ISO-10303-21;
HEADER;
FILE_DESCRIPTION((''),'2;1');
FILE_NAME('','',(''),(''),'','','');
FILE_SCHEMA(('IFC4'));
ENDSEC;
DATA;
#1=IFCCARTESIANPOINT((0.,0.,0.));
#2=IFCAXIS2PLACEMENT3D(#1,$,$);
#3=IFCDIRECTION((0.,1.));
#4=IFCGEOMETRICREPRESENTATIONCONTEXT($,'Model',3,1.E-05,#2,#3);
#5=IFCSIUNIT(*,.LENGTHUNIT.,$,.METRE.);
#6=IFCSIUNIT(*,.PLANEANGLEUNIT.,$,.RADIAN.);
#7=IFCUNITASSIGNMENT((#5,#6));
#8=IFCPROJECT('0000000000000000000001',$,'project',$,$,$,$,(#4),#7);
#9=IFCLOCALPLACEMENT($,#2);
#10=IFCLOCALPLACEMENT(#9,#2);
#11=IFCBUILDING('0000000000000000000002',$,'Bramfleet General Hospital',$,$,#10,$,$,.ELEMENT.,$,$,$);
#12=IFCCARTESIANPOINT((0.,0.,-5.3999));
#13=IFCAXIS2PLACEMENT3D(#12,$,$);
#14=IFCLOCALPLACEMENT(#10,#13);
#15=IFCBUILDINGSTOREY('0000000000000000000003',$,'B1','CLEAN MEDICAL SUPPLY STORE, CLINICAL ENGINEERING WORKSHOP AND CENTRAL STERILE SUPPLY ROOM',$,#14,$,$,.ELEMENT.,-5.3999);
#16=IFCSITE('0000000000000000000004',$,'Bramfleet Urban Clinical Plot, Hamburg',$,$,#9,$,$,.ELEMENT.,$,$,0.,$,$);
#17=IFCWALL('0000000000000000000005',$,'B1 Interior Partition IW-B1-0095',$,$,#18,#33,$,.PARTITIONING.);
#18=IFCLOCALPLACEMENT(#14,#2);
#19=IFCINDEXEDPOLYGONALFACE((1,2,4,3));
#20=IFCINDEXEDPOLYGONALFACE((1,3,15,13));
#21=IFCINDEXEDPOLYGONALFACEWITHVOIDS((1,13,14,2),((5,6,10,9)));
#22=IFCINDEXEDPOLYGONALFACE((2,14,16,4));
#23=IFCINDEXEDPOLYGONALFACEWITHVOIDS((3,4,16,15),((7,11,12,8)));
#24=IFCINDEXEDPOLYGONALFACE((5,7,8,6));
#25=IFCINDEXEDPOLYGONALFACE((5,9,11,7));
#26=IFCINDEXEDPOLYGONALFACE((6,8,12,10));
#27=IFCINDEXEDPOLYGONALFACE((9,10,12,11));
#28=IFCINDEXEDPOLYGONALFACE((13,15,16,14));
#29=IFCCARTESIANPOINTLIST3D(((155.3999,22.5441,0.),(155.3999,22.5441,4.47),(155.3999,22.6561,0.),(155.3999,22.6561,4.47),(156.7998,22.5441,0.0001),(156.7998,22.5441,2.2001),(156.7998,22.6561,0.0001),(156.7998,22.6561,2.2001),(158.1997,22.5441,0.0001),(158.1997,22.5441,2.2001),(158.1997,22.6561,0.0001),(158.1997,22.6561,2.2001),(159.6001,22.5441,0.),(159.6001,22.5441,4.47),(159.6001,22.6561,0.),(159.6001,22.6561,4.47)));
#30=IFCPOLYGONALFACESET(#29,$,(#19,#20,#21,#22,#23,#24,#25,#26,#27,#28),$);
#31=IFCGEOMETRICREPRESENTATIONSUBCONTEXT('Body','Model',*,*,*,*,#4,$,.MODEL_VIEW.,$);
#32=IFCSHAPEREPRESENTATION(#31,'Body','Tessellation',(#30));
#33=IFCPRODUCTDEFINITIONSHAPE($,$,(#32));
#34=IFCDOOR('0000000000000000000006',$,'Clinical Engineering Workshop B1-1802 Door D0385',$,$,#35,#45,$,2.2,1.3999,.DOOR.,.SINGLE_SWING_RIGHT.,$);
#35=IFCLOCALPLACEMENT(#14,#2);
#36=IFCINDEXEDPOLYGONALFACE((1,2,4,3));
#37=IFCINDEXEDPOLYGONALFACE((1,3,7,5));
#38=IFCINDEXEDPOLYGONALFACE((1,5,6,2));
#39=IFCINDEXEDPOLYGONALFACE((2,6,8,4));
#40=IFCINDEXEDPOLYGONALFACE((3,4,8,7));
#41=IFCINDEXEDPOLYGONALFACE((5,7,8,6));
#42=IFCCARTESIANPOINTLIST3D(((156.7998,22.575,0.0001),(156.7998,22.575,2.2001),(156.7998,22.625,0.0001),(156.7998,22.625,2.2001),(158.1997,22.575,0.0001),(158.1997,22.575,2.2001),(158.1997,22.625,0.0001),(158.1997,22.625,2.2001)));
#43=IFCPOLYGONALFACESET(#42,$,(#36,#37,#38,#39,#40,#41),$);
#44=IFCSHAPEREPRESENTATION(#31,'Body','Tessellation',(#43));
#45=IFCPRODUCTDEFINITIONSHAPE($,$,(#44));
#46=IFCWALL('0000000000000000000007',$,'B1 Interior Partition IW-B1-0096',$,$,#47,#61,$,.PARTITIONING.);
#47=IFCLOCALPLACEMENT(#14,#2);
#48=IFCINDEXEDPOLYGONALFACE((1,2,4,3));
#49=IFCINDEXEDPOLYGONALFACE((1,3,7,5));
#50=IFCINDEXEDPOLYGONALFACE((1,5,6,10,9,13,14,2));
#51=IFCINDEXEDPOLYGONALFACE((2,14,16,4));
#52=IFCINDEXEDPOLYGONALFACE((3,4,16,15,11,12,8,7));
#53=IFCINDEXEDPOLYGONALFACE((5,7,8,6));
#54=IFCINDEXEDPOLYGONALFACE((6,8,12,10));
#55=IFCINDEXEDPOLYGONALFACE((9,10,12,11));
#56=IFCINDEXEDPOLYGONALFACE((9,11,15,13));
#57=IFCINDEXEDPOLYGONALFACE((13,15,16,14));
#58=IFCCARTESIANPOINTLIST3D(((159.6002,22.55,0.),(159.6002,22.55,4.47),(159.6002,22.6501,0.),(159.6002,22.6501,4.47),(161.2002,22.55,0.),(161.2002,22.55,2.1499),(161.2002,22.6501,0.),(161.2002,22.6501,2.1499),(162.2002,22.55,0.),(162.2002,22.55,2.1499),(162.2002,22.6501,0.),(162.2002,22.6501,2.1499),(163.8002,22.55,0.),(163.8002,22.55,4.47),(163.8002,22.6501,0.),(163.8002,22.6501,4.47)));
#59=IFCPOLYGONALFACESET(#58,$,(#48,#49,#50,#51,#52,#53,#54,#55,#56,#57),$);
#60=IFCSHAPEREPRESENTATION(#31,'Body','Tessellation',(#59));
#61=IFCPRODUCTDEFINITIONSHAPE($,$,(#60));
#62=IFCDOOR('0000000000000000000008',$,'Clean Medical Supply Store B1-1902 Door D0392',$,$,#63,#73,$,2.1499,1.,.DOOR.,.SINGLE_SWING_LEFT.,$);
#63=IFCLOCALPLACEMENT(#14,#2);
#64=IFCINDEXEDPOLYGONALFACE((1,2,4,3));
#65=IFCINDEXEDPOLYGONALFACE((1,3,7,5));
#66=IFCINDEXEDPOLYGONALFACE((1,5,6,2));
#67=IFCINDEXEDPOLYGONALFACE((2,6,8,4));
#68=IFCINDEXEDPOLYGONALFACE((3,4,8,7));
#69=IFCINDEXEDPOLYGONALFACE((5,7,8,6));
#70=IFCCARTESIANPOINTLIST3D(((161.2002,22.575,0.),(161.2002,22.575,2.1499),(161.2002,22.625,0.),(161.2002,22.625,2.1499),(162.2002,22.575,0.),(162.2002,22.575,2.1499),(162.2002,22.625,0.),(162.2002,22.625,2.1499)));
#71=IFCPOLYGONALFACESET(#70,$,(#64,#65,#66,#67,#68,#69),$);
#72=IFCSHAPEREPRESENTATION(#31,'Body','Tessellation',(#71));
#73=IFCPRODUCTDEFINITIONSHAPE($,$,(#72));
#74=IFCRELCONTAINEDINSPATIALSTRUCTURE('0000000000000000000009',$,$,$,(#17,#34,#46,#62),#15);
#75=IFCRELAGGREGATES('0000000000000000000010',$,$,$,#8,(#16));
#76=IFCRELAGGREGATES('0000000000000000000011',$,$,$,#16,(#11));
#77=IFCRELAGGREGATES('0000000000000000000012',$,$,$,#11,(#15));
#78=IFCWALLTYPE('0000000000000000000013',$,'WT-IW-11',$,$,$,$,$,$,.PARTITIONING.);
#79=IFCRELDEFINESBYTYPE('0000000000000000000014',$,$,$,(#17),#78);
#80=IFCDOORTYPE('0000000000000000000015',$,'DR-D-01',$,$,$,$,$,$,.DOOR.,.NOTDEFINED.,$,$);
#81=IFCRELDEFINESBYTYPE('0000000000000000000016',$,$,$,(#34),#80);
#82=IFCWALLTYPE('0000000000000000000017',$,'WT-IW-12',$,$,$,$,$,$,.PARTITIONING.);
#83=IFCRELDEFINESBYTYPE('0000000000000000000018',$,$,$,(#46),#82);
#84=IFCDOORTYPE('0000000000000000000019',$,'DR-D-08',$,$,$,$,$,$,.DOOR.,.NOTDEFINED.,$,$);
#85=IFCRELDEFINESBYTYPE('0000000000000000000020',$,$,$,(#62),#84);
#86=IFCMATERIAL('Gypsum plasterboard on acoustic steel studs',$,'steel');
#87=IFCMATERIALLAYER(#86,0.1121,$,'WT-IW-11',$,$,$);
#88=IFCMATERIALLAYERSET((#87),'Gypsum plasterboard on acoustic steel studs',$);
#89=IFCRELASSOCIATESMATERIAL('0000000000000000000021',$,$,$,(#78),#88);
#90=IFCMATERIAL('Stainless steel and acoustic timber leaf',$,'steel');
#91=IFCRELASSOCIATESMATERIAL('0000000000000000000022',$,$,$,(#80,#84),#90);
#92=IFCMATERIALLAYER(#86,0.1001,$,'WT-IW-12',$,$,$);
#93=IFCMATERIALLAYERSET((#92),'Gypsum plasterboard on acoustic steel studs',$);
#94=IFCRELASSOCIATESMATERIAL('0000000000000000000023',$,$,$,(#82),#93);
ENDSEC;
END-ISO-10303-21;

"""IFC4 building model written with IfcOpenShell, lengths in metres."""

from ifc_helpers import new_model, si_unit, direction, frame, frame_2d, origin, place, context, subcontext, project, spatial, rectangle, extrude, material, layer, layer_set, type_object, element, fill, save


model = new_model("IFC4")

# Units and contexts
model_context = context("Model", 3, precision=1e-05, world=origin(), true_north=direction((0.0, 1.0)))
body_context = subcontext(model_context, "Body", "Model", "MODEL_VIEW")
ifc_project = project(units=[si_unit("LENGTHUNIT", "METRE"), si_unit("PLANEANGLEUNIT", "RADIAN")], contexts=[model_context])

# Site, building, storey
site_placement = place(None, origin())
site = spatial("IfcSite", under=ifc_project, at=site_placement, Name="Bramfleet Urban Clinical Plot, Hamburg", CompositionType="ELEMENT", RefElevation=0.0)
building_placement = place(site_placement, origin())
building = spatial("IfcBuilding", under=site, at=building_placement, Name="Bramfleet General Hospital", CompositionType="ELEMENT")
storey_placement = place(building_placement, frame((0.0, 0.0, -5.3999)))
storey = spatial("IfcBuildingStorey", under=building, at=storey_placement, Name="B1", Description="CLEAN MEDICAL SUPPLY STORE, CLINICAL ENGINEERING WORKSHOP AND CENTRAL STERILE SUPPLY ROOM", CompositionType="ELEMENT", Elevation=-5.3999)

# Shared definitions
ifc_material_1 = material(Name="Gypsum plasterboard on acoustic steel studs", Category="steel")

# Shared definitions
ifc_material_2 = material(Name="Stainless steel and acoustic timber leaf", Category="steel")

# Walls, openings, doors
ifc_layer_1 = layer(ifc_material_1, 0.1121, Name="WT-IW-11")
ifc_layer_set_1 = layer_set([ifc_layer_1], Name="Gypsum plasterboard on acoustic steel studs")
wall_type_1 = type_object("IfcWallType", Name="WT-IW-11", PredefinedType="PARTITIONING", material=ifc_layer_set_1)
wall_1_placement = place(storey_placement, frame((155.3999, 22.6001, 0.0), z_axis=(0.0, 0.0, 1.0), x_axis=(1.0, 0.0, 0.0)))
wall_1 = element("IfcWall", 1, at=wall_1_placement, inside=storey, type_object=wall_type_1, Name="B1 Interior Partition IW-B1-0095", PredefinedType="PARTITIONING", context=body_context, shape_type="SweptSolid", body=[
    extrude(rectangle(XDim=4.2002, YDim=0.1121, at=frame_2d((2.1001, 0.0))), origin(), (0.0, 0.0, 1.0), 4.47),
])
opening_1_placement = place(wall_1_placement, frame((1.3999, 0.0, 0.0)))
opening_1 = element("IfcOpeningElement", 2, at=opening_1_placement, cuts=wall_1, PredefinedType="OPENING", context=body_context, shape_type="SweptSolid", body=[
    extrude(rectangle(XDim=1.3999, YDim=2.2, at=frame_2d((0.7, 1.1001))), frame((0.0, 0.0659, 0.0), z_axis=(0.0, -1.0, 0.0), x_axis=(1.0, 0.0, 0.0)), (0.0, 0.0, 1.0), 0.1321),
])
door_type_1 = type_object("IfcDoorType", Name="DR-D-01", OperationType="NOTDEFINED", PredefinedType="DOOR", material=ifc_material_2)
door_1_placement = place(opening_1_placement, origin())
door_1 = element("IfcDoor", 3, at=door_1_placement, inside=storey, type_object=door_type_1, Name="Clinical Engineering Workshop B1-1802 Door D0385", OperationType="SINGLE_SWING_RIGHT", OverallHeight=2.2, OverallWidth=1.3999, PredefinedType="DOOR", context=body_context, shape_type="SweptSolid", body=[
    extrude(rectangle(XDim=1.3999, YDim=2.2, at=frame_2d((0.7, 1.1001))), frame((0.0, 0.0249, 0.0), z_axis=(0.0, -1.0, 0.0), x_axis=(1.0, 0.0, 0.0)), (0.0, 0.0, 1.0), 0.05),
])
fill(opening_1, door_1)
ifc_layer_2 = layer(ifc_material_1, 0.1001, Name="WT-IW-12")
ifc_layer_set_2 = layer_set([ifc_layer_2], Name="Gypsum plasterboard on acoustic steel studs")
wall_type_2 = type_object("IfcWallType", Name="WT-IW-12", PredefinedType="PARTITIONING", material=ifc_layer_set_2)
wall_2_placement = place(storey_placement, frame((159.6001, 22.6001, 0.0), z_axis=(0.0, 0.0, 1.0), x_axis=(1.0, 0.0, 0.0)))
wall_2 = element("IfcWall", 4, at=wall_2_placement, inside=storey, type_object=wall_type_2, Name="B1 Interior Partition IW-B1-0096", PredefinedType="PARTITIONING", context=body_context, shape_type="SweptSolid", body=[
    extrude(rectangle(XDim=4.2, YDim=0.1001, at=frame_2d((2.1001, 0.0))), origin(), (0.0, 0.0, 1.0), 4.47),
])
opening_2_placement = place(wall_2_placement, frame((1.6001, 0.0, 0.0)))
opening_2 = element("IfcOpeningElement", 5, at=opening_2_placement, cuts=wall_2, PredefinedType="OPENING", context=body_context, shape_type="SweptSolid", body=[
    extrude(rectangle(XDim=1.0, YDim=2.1499, at=frame_2d((0.5, 1.075))), frame((0.0, 0.0601, 0.0), z_axis=(0.0, -1.0, 0.0), x_axis=(1.0, 0.0, 0.0)), (0.0, 0.0, 1.0), 0.1201),
])
door_type_2 = type_object("IfcDoorType", Name="DR-D-08", OperationType="NOTDEFINED", PredefinedType="DOOR", material=ifc_material_2)
door_2_placement = place(opening_2_placement, origin())
door_2 = element("IfcDoor", 6, at=door_2_placement, inside=storey, type_object=door_type_2, Name="Clean Medical Supply Store B1-1902 Door D0392", OperationType="SINGLE_SWING_LEFT", OverallHeight=2.1499, OverallWidth=1.0, PredefinedType="DOOR", context=body_context, shape_type="SweptSolid", body=[
    extrude(rectangle(XDim=1.0, YDim=2.1499, at=frame_2d((0.5, 1.075))), frame((0.0, 0.0249, 0.0), z_axis=(0.0, -1.0, 0.0), x_axis=(1.0, 0.0, 0.0)), (0.0, 0.0, 1.0), 0.05),
])
fill(opening_2, door_2)

save(model, "model.ifc")
